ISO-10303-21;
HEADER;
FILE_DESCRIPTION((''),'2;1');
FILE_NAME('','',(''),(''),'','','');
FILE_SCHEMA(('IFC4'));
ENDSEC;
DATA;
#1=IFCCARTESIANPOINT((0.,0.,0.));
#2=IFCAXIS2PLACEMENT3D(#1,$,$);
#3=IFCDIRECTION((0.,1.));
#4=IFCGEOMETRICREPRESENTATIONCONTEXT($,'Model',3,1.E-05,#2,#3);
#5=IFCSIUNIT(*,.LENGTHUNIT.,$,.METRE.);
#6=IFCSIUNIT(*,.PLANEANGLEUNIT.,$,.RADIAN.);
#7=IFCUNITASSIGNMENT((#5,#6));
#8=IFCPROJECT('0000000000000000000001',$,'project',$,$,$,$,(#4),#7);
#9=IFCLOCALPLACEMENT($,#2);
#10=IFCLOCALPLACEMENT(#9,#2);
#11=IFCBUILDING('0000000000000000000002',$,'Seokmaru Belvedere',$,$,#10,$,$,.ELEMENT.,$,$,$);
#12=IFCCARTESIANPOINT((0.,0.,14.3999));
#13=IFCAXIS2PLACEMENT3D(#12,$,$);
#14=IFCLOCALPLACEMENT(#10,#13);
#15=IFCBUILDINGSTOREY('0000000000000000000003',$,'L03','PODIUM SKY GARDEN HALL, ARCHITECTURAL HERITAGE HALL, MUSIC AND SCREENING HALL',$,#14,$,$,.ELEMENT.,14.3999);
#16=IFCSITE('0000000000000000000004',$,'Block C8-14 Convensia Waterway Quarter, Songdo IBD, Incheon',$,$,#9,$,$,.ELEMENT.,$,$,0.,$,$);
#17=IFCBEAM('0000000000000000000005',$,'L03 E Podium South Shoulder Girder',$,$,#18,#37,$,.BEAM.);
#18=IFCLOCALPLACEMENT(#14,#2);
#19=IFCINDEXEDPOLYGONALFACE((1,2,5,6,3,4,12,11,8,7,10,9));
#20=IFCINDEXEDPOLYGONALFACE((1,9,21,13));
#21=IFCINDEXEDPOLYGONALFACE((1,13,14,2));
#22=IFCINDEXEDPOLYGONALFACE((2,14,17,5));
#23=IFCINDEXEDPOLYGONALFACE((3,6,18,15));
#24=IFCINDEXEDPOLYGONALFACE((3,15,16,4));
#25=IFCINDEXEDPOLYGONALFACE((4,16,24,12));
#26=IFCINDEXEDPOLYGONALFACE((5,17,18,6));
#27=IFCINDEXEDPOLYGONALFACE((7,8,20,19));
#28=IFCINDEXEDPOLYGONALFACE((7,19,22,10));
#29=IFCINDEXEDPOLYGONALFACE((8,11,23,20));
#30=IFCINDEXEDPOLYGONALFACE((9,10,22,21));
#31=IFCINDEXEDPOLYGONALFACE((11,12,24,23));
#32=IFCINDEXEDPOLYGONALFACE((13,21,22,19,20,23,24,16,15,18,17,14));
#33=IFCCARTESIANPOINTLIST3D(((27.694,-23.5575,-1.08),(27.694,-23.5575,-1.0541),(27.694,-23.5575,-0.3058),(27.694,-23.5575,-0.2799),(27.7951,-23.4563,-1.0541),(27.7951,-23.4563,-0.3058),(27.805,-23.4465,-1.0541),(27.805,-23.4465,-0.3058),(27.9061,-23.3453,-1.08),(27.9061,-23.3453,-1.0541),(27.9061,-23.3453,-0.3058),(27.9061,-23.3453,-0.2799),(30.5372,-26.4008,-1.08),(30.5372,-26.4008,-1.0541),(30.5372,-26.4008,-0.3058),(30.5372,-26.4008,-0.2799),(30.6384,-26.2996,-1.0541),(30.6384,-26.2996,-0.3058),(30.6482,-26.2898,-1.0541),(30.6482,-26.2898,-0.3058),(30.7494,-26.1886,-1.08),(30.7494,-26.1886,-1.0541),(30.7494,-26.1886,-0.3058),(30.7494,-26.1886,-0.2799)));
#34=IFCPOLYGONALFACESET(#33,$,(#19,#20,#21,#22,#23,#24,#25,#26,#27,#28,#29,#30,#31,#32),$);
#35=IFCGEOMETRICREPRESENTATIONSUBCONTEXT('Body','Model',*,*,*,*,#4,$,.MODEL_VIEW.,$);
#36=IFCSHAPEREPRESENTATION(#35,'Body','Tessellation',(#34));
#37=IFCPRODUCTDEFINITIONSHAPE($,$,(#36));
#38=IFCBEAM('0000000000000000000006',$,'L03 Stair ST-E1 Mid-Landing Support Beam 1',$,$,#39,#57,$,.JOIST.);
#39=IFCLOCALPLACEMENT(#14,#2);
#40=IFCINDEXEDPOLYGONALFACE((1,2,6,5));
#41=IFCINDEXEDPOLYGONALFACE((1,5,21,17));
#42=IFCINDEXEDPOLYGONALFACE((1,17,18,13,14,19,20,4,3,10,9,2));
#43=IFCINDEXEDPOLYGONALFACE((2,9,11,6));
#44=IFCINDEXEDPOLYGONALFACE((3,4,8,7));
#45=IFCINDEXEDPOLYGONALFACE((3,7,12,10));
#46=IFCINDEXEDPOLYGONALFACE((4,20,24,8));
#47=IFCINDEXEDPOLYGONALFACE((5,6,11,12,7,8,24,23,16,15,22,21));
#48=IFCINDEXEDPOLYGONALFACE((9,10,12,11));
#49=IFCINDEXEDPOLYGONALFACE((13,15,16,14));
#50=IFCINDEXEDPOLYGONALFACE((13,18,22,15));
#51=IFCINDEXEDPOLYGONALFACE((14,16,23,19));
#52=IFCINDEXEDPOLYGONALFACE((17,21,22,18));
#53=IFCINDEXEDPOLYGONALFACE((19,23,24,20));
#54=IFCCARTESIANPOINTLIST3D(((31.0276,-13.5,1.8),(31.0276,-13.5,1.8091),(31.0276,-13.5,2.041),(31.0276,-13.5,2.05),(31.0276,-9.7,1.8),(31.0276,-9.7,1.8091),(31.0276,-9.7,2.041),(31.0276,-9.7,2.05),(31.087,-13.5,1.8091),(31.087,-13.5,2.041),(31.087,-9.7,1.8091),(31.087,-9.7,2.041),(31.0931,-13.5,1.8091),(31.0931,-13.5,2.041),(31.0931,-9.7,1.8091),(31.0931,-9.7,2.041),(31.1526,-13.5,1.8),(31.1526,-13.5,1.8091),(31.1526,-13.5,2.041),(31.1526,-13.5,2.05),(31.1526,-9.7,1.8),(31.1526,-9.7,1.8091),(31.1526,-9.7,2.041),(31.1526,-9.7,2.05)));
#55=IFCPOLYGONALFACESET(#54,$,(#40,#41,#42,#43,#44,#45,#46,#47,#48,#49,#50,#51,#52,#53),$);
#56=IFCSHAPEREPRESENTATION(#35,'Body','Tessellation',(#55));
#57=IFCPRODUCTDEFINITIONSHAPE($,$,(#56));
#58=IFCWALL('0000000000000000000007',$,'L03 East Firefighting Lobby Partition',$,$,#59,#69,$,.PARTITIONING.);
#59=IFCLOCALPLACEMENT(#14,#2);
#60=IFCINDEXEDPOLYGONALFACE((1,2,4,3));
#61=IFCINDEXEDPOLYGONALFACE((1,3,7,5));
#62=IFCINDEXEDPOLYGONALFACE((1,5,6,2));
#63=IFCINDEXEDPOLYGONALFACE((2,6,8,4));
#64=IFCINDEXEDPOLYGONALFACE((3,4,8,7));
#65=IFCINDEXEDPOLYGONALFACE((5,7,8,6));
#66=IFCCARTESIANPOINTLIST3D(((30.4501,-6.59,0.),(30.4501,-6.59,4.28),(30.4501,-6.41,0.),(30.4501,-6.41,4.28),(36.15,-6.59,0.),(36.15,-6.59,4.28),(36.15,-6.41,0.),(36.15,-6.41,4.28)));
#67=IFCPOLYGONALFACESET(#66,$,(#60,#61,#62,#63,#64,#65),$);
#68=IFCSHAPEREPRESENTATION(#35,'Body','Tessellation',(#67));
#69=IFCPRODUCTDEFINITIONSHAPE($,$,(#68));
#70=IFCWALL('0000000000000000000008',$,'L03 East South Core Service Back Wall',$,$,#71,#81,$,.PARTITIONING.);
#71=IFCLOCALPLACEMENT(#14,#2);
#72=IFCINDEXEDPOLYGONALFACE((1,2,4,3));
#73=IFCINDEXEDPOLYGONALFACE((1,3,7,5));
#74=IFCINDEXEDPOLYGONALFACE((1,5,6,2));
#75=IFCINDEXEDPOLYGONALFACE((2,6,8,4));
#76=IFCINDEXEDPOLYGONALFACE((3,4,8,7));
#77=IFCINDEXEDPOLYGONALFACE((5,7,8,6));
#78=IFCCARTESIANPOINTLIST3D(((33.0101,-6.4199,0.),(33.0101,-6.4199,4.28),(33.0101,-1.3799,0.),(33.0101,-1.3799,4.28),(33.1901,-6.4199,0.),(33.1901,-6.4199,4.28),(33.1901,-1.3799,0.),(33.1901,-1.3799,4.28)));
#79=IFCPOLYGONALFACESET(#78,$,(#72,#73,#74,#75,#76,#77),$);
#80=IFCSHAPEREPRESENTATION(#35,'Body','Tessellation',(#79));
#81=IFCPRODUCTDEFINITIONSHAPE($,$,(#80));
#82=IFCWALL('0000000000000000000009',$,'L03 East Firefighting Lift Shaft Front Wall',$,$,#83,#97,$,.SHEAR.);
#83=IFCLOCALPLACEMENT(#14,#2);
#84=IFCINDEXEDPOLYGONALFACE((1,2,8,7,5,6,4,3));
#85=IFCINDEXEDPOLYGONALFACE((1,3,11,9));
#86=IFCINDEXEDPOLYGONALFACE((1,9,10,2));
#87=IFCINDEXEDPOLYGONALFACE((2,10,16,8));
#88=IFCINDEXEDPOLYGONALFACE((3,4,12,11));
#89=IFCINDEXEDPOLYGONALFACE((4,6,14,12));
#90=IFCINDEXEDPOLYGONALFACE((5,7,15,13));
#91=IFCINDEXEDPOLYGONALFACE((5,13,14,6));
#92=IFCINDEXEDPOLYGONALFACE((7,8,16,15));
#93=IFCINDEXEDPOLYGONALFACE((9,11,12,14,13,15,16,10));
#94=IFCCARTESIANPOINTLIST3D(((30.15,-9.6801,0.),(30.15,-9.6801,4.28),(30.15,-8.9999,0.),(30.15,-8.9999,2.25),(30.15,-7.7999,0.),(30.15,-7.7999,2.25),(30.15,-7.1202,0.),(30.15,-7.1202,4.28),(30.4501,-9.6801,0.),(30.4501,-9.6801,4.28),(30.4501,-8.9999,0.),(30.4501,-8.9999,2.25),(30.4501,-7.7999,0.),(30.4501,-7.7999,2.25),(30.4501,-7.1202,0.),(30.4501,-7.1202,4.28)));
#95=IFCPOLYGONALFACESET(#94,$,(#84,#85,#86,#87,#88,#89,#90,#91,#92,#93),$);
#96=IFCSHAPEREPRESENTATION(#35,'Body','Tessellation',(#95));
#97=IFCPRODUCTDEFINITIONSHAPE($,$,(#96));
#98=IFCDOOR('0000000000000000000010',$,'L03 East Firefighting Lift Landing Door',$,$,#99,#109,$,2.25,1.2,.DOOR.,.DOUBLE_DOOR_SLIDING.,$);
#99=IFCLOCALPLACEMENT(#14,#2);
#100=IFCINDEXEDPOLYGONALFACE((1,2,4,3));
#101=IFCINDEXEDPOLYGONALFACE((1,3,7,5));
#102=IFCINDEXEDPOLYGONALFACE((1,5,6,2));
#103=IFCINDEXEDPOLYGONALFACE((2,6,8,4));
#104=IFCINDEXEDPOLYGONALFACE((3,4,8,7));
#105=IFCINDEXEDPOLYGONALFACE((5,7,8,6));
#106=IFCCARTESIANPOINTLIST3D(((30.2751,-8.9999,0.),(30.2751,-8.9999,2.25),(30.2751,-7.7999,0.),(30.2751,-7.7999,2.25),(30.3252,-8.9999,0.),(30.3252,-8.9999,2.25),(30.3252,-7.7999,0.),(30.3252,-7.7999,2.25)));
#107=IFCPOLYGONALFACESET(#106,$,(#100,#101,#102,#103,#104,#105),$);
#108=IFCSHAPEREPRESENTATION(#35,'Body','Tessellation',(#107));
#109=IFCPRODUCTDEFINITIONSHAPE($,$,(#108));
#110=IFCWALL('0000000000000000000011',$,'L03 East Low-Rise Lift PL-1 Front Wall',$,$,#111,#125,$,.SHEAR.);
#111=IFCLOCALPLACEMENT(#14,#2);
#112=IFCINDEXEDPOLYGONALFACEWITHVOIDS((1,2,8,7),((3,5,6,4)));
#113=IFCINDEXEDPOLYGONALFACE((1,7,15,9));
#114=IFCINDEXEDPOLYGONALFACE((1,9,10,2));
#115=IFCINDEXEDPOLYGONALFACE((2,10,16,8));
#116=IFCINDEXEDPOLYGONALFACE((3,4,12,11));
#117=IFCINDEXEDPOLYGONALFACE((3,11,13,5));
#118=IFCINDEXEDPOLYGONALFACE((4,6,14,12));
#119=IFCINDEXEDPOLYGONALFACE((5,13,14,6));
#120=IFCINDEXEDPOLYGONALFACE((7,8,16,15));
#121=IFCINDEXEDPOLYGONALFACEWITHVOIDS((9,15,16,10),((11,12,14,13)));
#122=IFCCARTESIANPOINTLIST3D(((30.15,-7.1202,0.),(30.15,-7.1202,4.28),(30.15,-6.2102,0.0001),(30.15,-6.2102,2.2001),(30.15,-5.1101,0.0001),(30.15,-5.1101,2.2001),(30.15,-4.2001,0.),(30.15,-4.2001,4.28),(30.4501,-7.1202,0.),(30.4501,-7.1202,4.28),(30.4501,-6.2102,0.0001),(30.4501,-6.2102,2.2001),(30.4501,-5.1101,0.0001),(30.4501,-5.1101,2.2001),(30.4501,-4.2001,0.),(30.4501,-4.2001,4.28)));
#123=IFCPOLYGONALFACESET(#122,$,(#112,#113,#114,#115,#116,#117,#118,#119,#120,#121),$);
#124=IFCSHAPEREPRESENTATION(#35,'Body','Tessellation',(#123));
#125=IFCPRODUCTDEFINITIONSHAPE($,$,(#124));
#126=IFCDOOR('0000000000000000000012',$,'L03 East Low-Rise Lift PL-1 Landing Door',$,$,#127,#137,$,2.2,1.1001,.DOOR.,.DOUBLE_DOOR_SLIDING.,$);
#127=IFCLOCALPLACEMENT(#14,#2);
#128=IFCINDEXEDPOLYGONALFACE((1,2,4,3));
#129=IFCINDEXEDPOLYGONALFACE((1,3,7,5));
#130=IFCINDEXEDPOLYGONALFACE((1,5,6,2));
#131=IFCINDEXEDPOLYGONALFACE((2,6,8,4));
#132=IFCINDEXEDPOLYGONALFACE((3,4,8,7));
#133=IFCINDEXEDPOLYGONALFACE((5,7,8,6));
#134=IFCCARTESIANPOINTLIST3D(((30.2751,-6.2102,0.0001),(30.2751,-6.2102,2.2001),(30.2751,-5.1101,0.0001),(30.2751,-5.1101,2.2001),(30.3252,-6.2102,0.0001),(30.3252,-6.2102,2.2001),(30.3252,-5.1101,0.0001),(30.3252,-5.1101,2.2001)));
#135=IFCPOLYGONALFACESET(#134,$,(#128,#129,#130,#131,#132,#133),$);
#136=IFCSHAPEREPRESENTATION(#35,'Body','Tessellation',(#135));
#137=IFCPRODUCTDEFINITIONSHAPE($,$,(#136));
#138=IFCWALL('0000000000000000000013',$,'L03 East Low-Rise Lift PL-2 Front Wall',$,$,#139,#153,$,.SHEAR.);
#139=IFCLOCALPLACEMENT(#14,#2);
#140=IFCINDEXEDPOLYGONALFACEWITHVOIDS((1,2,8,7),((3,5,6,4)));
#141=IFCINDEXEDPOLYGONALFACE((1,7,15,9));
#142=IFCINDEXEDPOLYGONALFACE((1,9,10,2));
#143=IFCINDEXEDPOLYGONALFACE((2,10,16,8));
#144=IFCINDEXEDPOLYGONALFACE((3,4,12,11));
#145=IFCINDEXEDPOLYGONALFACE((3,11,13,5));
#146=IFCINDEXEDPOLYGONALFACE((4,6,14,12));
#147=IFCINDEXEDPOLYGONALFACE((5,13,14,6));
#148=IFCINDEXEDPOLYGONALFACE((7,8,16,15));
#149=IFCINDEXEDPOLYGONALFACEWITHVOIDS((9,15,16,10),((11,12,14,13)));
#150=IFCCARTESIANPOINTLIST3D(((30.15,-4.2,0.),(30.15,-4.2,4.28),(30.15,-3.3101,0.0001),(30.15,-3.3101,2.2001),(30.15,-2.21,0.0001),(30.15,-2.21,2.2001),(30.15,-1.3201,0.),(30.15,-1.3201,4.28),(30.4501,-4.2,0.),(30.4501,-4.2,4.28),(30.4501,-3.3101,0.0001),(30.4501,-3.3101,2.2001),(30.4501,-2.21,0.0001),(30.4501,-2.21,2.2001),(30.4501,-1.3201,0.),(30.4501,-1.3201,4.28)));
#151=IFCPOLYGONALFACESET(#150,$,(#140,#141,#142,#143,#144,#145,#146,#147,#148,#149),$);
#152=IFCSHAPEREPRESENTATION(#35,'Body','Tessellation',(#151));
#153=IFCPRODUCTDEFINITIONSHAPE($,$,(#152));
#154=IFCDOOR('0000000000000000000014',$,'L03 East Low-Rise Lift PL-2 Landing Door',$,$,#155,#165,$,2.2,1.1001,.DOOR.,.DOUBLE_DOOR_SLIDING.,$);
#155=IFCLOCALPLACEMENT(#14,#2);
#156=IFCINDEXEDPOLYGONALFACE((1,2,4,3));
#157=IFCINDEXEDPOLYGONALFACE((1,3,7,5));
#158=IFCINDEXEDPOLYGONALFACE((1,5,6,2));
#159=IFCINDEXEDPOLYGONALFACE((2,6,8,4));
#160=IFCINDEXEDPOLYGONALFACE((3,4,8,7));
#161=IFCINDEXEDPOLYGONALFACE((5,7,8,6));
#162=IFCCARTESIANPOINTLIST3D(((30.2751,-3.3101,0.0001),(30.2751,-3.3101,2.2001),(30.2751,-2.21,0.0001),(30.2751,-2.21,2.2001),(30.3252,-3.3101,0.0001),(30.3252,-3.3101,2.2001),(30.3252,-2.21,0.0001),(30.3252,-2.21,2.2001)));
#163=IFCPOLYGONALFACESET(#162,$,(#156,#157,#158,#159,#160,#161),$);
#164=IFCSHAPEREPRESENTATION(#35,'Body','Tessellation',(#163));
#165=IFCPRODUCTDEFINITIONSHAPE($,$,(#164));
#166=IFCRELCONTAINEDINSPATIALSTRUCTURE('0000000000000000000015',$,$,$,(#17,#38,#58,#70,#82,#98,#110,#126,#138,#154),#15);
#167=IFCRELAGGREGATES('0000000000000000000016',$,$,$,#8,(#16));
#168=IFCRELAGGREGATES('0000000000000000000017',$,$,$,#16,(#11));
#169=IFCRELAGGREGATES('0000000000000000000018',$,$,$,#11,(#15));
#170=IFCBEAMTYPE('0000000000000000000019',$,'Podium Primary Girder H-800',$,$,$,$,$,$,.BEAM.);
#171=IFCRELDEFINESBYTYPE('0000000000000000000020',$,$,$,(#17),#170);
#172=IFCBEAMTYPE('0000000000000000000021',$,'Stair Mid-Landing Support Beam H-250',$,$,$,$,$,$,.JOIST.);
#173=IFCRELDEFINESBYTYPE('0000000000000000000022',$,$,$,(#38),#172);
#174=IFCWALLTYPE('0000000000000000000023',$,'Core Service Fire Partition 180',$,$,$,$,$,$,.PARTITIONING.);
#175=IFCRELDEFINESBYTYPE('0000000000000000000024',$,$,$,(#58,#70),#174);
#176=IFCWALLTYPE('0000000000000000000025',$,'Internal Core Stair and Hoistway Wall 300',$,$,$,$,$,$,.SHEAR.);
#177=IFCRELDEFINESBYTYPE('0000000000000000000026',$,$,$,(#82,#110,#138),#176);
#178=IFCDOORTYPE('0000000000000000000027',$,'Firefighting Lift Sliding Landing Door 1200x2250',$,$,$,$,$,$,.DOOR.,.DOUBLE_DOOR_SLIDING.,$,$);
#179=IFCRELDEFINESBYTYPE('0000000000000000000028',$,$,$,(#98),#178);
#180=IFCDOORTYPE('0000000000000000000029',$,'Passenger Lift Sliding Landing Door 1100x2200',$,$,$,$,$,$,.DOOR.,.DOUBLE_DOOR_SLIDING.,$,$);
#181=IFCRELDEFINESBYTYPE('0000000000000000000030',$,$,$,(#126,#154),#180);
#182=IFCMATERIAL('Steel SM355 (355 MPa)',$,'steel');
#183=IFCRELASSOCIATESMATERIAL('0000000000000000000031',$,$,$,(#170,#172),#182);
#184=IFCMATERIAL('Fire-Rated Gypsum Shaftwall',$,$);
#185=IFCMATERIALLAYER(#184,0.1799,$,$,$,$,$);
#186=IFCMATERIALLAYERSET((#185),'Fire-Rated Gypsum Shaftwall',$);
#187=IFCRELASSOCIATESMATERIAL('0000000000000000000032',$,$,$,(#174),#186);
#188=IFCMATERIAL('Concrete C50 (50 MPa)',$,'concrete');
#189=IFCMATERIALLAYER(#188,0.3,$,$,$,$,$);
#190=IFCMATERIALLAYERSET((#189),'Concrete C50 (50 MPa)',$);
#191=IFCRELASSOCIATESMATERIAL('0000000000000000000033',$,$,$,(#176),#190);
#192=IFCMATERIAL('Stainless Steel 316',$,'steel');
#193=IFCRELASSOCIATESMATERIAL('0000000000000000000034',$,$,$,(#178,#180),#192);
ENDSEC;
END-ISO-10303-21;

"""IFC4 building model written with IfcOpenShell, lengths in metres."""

from ifc_helpers import new_model, si_unit, direction, frame, frame_2d, origin, origin_2d, place, context, subcontext, project, spatial, rectangle, i_section, extrude, source, transform, mapped, material, layer, layer_set, material_profile, profile_set, type_object, type_shapes, element, fill, save


model = new_model("IFC4")

# Units and contexts
model_context = context("Model", 3, precision=1e-05, world=origin(), true_north=direction((0.0, 1.0)))
body_context = subcontext(model_context, "Body", "Model", "MODEL_VIEW")
ifc_project = project(units=[si_unit("LENGTHUNIT", "METRE"), si_unit("PLANEANGLEUNIT", "RADIAN")], contexts=[model_context])

# Site, building, storey
site_placement = place(None, origin())
site = spatial("IfcSite", under=ifc_project, at=site_placement, Name="Block C8-14 Convensia Waterway Quarter, Songdo IBD, Incheon", CompositionType="ELEMENT", RefElevation=0.0)
building_placement = place(site_placement, origin())
building = spatial("IfcBuilding", under=site, at=building_placement, Name="Seokmaru Belvedere", CompositionType="ELEMENT")
storey_placement = place(building_placement, frame((0.0, 0.0, 14.3999)))
storey = spatial("IfcBuildingStorey", under=building, at=storey_placement, Name="L03", Description="PODIUM SKY GARDEN HALL, ARCHITECTURAL HERITAGE HALL, MUSIC AND SCREENING HALL", CompositionType="ELEMENT", Elevation=14.3999)

# Shared definitions
ifc_material_1 = material(Name="Steel SM355 (355 MPa)", Category="steel")
ifc_material_2 = material(Name="Concrete C50 (50 MPa)", Category="concrete")

# Beams
ifc_material_profile_1 = material_profile(ifc_material_1, i_section(OverallWidth=0.3, OverallDepth=0.8, WebThickness=0.0139, FlangeThickness=0.0259, at=origin_2d()), Name="H-800x300x14x26")
ifc_profile_set_1 = profile_set([ifc_material_profile_1], Name="Steel SM355 (355 MPa)")
beam_type_1 = type_object("IfcBeamType", Name="Podium Primary Girder H-800", PredefinedType="BEAM", material=ifc_profile_set_1)
shared_shape_1 = source(origin(), body_context, "Body", "SweptSolid", [
    extrude(i_section(OverallWidth=0.3, OverallDepth=0.8, WebThickness=0.0139, FlangeThickness=0.0259, at=origin_2d()), origin(), (0.0, 0.0, 1.0), 4.021),
])
beam_1_placement = place(storey_placement, frame((30.6433, -26.2947, -0.6799), z_axis=(-0.707107, 0.707107, 0.0), x_axis=(-0.707107, -0.707107, 0.0)))
element("IfcBeam", 1, at=beam_1_placement, inside=storey, type_object=beam_type_1, Name="L03 E Podium South Shoulder Girder", PredefinedType="BEAM", context=body_context, shape_type="MappedRepresentation", body=[
    mapped(shared_shape_1, transform((0.0, 0.0, 0.0), scale=1.0)),
])
ifc_material_profile_2 = material_profile(ifc_material_1, i_section(OverallWidth=0.125, OverallDepth=0.25, WebThickness=0.0061, FlangeThickness=0.009, at=origin_2d()), Name="H-250x125x6x9")
ifc_profile_set_2 = profile_set([ifc_material_profile_2], Name="Steel SM355 (355 MPa)")
beam_type_2 = type_object("IfcBeamType", Name="Stair Mid-Landing Support Beam H-250", PredefinedType="JOIST", material=ifc_profile_set_2)
shared_shape_2 = source(origin(), body_context, "Body", "SweptSolid", [
    extrude(i_section(OverallWidth=0.125, OverallDepth=0.25, WebThickness=0.0061, FlangeThickness=0.009, at=origin_2d()), origin(), (0.0, 0.0, 1.0), 3.8),
])
type_shapes(beam_type_2, [shared_shape_2])
beam_2_placement = place(storey_placement, frame((31.0901, -13.5, 1.925), z_axis=(0.0, 1.0, 0.0), x_axis=(-1.0, 0.0, 0.0)))
element("IfcBeam", 2, at=beam_2_placement, inside=storey, type_object=beam_type_2, Name="L03 Stair ST-E1 Mid-Landing Support Beam 1", PredefinedType="JOIST", context=body_context, shape_type="MappedRepresentation", body=[
    mapped(shared_shape_2, transform((0.0, 0.0, 0.0), scale=1.0)),
])

# Walls
ifc_material_3 = material(Name="Fire-Rated Gypsum Shaftwall")
ifc_layer_1 = layer(ifc_material_3, 0.1799)
ifc_layer_set_1 = layer_set([ifc_layer_1], Name="Fire-Rated Gypsum Shaftwall")
wall_type_1 = type_object("IfcWallType", Name="Core Service Fire Partition 180", PredefinedType="PARTITIONING", material=ifc_layer_set_1)
wall_1_placement = place(storey_placement, frame((30.45, -6.5, 0.0), z_axis=(0.0, 0.0, 1.0), x_axis=(1.0, 0.0, 0.0)))
element("IfcWall", 3, at=wall_1_placement, inside=storey, type_object=wall_type_1, Name="L03 East Firefighting Lobby Partition", PredefinedType="PARTITIONING", context=body_context, shape_type="SweptSolid", body=[
    extrude(rectangle(XDim=5.7, YDim=0.1799, at=frame_2d((2.8501, 0.0))), origin(), (0.0, 0.0, 1.0), 4.28),
])
wall_2_placement = place(storey_placement, frame((33.1001, -6.4199, 0.0), z_axis=(0.0, 0.0, 1.0), x_axis=(0.0, 1.0, 0.0)))
element("IfcWall", 4, at=wall_2_placement, inside=storey, type_object=wall_type_1, Name="L03 East South Core Service Back Wall", PredefinedType="PARTITIONING", context=body_context, shape_type="SweptSolid", body=[
    extrude(rectangle(XDim=5.04, YDim=0.1799, at=frame_2d((2.52, 0.0))), origin(), (0.0, 0.0, 1.0), 4.28),
])

# Walls, openings, doors
ifc_layer_2 = layer(ifc_material_2, 0.3)
ifc_layer_set_2 = layer_set([ifc_layer_2], Name="Concrete C50 (50 MPa)")
wall_type_2 = type_object("IfcWallType", Name="Internal Core Stair and Hoistway Wall 300", PredefinedType="SHEAR", material=ifc_layer_set_2)
wall_3_placement = place(storey_placement, frame((30.3, -9.6799, 0.0), z_axis=(0.0, 0.0, 1.0), x_axis=(0.0, 1.0, 0.0)))
wall_3 = element("IfcWall", 5, at=wall_3_placement, inside=storey, type_object=wall_type_2, Name="L03 East Firefighting Lift Shaft Front Wall", PredefinedType="SHEAR", context=body_context, shape_type="SweptSolid", body=[
    extrude(rectangle(XDim=2.5598, YDim=0.3, at=frame_2d((1.2798, 0.0))), origin(), (0.0, 0.0, 1.0), 4.28),
])
opening_1_placement = place(wall_3_placement, frame((0.6799, 0.0, 0.0)))
opening_1 = element("IfcOpeningElement", 6, at=opening_1_placement, cuts=wall_3, PredefinedType="OPENING", context=body_context, shape_type="SweptSolid", body=[
    extrude(rectangle(XDim=1.2, YDim=2.25, at=frame_2d((0.6001, 1.125))), frame((0.0, 0.1602, 0.0), z_axis=(0.0, -1.0, 0.0), x_axis=(1.0, 0.0, 0.0)), (0.0, 0.0, 1.0), 0.3201),
])
ifc_material_4 = material(Name="Stainless Steel 316", Category="steel")
door_type_1 = type_object("IfcDoorType", Name="Firefighting Lift Sliding Landing Door 1200x2250", OperationType="DOUBLE_DOOR_SLIDING", PredefinedType="DOOR", material=ifc_material_4)
shared_shape_3 = source(origin(), body_context, "Body", "SweptSolid", [
    extrude(rectangle(XDim=1.2, YDim=2.25, at=frame_2d((0.6001, 1.125))), frame((0.0, 0.0249, 0.0), z_axis=(0.0, -1.0, 0.0), x_axis=(1.0, 0.0, 0.0)), (0.0, 0.0, 1.0), 0.05),
])
type_shapes(door_type_1, [shared_shape_3])
door_1_placement = place(opening_1_placement, origin())
door_1 = element("IfcDoor", 7, at=door_1_placement, inside=storey, type_object=door_type_1, Name="L03 East Firefighting Lift Landing Door", OperationType="DOUBLE_DOOR_SLIDING", OverallHeight=2.25, OverallWidth=1.2, PredefinedType="DOOR", context=body_context, shape_type="MappedRepresentation", body=[
    mapped(shared_shape_3, transform((0.0, 0.0, 0.0), scale=1.0)),
])
fill(opening_1, door_1)
wall_4_placement = place(storey_placement, frame((30.3, -7.1201, 0.0), z_axis=(0.0, 0.0, 1.0), x_axis=(0.0, 1.0, 0.0)))
wall_4 = element("IfcWall", 8, at=wall_4_placement, inside=storey, type_object=wall_type_2, Name="L03 East Low-Rise Lift PL-1 Front Wall", PredefinedType="SHEAR", context=body_context, shape_type="SweptSolid", body=[
    extrude(rectangle(XDim=2.9202, YDim=0.3, at=frame_2d((1.46, 0.0))), origin(), (0.0, 0.0, 1.0), 4.28),
])
opening_2_placement = place(wall_4_placement, frame((0.9099, 0.0, 0.0)))
opening_2 = element("IfcOpeningElement", 9, at=opening_2_placement, cuts=wall_4, PredefinedType="OPENING", context=body_context, shape_type="SweptSolid", body=[
    extrude(rectangle(XDim=1.1001, YDim=2.2, at=frame_2d((0.55, 1.1001))), frame((0.0, 0.1602, 0.0), z_axis=(0.0, -1.0, 0.0), x_axis=(1.0, 0.0, 0.0)), (0.0, 0.0, 1.0), 0.3201),
])
door_type_2 = type_object("IfcDoorType", Name="Passenger Lift Sliding Landing Door 1100x2200", OperationType="DOUBLE_DOOR_SLIDING", PredefinedType="DOOR", material=ifc_material_4)
shared_shape_4 = source(origin(), body_context, "Body", "SweptSolid", [
    extrude(rectangle(XDim=1.1001, YDim=2.2, at=frame_2d((0.55, 1.1001))), frame((0.0, 0.0249, 0.0), z_axis=(0.0, -1.0, 0.0), x_axis=(1.0, 0.0, 0.0)), (0.0, 0.0, 1.0), 0.05),
])
type_shapes(door_type_2, [shared_shape_4])
door_2_placement = place(opening_2_placement, origin())
door_2 = element("IfcDoor", 10, at=door_2_placement, inside=storey, type_object=door_type_2, Name="L03 East Low-Rise Lift PL-1 Landing Door", OperationType="DOUBLE_DOOR_SLIDING", OverallHeight=2.2, OverallWidth=1.1001, PredefinedType="DOOR", context=body_context, shape_type="MappedRepresentation", body=[
    mapped(shared_shape_4, transform((0.0, 0.0, 0.0), scale=1.0)),
])
fill(opening_2, door_2)
wall_5_placement = place(storey_placement, frame((30.3, -4.2, 0.0), z_axis=(0.0, 0.0, 1.0), x_axis=(0.0, 1.0, 0.0)))
wall_5 = element("IfcWall", 11, at=wall_5_placement, inside=storey, type_object=wall_type_2, Name="L03 East Low-Rise Lift PL-2 Front Wall", PredefinedType="SHEAR", context=body_context, shape_type="SweptSolid", body=[
    extrude(rectangle(XDim=2.8799, YDim=0.3, at=frame_2d((1.4399, 0.0))), origin(), (0.0, 0.0, 1.0), 4.28),
])
opening_3_placement = place(wall_5_placement, frame((0.8899, 0.0, 0.0)))
opening_3 = element("IfcOpeningElement", 12, at=opening_3_placement, cuts=wall_5, PredefinedType="OPENING", context=body_context, shape_type="SweptSolid", body=[
    extrude(rectangle(XDim=1.1001, YDim=2.2, at=frame_2d((0.55, 1.1001))), frame((0.0, 0.1602, 0.0), z_axis=(0.0, -1.0, 0.0), x_axis=(1.0, 0.0, 0.0)), (0.0, 0.0, 1.0), 0.3201),
])
door_3_placement = place(opening_3_placement, origin())
door_3 = element("IfcDoor", 13, at=door_3_placement, inside=storey, type_object=door_type_2, Name="L03 East Low-Rise Lift PL-2 Landing Door", OperationType="DOUBLE_DOOR_SLIDING", OverallHeight=2.2, OverallWidth=1.1001, PredefinedType="DOOR", context=body_context, shape_type="MappedRepresentation", body=[
    mapped(shared_shape_4, transform((0.0, 0.0, 0.0), scale=1.0)),
])
fill(opening_3, door_3)

save(model, "model.ifc")
